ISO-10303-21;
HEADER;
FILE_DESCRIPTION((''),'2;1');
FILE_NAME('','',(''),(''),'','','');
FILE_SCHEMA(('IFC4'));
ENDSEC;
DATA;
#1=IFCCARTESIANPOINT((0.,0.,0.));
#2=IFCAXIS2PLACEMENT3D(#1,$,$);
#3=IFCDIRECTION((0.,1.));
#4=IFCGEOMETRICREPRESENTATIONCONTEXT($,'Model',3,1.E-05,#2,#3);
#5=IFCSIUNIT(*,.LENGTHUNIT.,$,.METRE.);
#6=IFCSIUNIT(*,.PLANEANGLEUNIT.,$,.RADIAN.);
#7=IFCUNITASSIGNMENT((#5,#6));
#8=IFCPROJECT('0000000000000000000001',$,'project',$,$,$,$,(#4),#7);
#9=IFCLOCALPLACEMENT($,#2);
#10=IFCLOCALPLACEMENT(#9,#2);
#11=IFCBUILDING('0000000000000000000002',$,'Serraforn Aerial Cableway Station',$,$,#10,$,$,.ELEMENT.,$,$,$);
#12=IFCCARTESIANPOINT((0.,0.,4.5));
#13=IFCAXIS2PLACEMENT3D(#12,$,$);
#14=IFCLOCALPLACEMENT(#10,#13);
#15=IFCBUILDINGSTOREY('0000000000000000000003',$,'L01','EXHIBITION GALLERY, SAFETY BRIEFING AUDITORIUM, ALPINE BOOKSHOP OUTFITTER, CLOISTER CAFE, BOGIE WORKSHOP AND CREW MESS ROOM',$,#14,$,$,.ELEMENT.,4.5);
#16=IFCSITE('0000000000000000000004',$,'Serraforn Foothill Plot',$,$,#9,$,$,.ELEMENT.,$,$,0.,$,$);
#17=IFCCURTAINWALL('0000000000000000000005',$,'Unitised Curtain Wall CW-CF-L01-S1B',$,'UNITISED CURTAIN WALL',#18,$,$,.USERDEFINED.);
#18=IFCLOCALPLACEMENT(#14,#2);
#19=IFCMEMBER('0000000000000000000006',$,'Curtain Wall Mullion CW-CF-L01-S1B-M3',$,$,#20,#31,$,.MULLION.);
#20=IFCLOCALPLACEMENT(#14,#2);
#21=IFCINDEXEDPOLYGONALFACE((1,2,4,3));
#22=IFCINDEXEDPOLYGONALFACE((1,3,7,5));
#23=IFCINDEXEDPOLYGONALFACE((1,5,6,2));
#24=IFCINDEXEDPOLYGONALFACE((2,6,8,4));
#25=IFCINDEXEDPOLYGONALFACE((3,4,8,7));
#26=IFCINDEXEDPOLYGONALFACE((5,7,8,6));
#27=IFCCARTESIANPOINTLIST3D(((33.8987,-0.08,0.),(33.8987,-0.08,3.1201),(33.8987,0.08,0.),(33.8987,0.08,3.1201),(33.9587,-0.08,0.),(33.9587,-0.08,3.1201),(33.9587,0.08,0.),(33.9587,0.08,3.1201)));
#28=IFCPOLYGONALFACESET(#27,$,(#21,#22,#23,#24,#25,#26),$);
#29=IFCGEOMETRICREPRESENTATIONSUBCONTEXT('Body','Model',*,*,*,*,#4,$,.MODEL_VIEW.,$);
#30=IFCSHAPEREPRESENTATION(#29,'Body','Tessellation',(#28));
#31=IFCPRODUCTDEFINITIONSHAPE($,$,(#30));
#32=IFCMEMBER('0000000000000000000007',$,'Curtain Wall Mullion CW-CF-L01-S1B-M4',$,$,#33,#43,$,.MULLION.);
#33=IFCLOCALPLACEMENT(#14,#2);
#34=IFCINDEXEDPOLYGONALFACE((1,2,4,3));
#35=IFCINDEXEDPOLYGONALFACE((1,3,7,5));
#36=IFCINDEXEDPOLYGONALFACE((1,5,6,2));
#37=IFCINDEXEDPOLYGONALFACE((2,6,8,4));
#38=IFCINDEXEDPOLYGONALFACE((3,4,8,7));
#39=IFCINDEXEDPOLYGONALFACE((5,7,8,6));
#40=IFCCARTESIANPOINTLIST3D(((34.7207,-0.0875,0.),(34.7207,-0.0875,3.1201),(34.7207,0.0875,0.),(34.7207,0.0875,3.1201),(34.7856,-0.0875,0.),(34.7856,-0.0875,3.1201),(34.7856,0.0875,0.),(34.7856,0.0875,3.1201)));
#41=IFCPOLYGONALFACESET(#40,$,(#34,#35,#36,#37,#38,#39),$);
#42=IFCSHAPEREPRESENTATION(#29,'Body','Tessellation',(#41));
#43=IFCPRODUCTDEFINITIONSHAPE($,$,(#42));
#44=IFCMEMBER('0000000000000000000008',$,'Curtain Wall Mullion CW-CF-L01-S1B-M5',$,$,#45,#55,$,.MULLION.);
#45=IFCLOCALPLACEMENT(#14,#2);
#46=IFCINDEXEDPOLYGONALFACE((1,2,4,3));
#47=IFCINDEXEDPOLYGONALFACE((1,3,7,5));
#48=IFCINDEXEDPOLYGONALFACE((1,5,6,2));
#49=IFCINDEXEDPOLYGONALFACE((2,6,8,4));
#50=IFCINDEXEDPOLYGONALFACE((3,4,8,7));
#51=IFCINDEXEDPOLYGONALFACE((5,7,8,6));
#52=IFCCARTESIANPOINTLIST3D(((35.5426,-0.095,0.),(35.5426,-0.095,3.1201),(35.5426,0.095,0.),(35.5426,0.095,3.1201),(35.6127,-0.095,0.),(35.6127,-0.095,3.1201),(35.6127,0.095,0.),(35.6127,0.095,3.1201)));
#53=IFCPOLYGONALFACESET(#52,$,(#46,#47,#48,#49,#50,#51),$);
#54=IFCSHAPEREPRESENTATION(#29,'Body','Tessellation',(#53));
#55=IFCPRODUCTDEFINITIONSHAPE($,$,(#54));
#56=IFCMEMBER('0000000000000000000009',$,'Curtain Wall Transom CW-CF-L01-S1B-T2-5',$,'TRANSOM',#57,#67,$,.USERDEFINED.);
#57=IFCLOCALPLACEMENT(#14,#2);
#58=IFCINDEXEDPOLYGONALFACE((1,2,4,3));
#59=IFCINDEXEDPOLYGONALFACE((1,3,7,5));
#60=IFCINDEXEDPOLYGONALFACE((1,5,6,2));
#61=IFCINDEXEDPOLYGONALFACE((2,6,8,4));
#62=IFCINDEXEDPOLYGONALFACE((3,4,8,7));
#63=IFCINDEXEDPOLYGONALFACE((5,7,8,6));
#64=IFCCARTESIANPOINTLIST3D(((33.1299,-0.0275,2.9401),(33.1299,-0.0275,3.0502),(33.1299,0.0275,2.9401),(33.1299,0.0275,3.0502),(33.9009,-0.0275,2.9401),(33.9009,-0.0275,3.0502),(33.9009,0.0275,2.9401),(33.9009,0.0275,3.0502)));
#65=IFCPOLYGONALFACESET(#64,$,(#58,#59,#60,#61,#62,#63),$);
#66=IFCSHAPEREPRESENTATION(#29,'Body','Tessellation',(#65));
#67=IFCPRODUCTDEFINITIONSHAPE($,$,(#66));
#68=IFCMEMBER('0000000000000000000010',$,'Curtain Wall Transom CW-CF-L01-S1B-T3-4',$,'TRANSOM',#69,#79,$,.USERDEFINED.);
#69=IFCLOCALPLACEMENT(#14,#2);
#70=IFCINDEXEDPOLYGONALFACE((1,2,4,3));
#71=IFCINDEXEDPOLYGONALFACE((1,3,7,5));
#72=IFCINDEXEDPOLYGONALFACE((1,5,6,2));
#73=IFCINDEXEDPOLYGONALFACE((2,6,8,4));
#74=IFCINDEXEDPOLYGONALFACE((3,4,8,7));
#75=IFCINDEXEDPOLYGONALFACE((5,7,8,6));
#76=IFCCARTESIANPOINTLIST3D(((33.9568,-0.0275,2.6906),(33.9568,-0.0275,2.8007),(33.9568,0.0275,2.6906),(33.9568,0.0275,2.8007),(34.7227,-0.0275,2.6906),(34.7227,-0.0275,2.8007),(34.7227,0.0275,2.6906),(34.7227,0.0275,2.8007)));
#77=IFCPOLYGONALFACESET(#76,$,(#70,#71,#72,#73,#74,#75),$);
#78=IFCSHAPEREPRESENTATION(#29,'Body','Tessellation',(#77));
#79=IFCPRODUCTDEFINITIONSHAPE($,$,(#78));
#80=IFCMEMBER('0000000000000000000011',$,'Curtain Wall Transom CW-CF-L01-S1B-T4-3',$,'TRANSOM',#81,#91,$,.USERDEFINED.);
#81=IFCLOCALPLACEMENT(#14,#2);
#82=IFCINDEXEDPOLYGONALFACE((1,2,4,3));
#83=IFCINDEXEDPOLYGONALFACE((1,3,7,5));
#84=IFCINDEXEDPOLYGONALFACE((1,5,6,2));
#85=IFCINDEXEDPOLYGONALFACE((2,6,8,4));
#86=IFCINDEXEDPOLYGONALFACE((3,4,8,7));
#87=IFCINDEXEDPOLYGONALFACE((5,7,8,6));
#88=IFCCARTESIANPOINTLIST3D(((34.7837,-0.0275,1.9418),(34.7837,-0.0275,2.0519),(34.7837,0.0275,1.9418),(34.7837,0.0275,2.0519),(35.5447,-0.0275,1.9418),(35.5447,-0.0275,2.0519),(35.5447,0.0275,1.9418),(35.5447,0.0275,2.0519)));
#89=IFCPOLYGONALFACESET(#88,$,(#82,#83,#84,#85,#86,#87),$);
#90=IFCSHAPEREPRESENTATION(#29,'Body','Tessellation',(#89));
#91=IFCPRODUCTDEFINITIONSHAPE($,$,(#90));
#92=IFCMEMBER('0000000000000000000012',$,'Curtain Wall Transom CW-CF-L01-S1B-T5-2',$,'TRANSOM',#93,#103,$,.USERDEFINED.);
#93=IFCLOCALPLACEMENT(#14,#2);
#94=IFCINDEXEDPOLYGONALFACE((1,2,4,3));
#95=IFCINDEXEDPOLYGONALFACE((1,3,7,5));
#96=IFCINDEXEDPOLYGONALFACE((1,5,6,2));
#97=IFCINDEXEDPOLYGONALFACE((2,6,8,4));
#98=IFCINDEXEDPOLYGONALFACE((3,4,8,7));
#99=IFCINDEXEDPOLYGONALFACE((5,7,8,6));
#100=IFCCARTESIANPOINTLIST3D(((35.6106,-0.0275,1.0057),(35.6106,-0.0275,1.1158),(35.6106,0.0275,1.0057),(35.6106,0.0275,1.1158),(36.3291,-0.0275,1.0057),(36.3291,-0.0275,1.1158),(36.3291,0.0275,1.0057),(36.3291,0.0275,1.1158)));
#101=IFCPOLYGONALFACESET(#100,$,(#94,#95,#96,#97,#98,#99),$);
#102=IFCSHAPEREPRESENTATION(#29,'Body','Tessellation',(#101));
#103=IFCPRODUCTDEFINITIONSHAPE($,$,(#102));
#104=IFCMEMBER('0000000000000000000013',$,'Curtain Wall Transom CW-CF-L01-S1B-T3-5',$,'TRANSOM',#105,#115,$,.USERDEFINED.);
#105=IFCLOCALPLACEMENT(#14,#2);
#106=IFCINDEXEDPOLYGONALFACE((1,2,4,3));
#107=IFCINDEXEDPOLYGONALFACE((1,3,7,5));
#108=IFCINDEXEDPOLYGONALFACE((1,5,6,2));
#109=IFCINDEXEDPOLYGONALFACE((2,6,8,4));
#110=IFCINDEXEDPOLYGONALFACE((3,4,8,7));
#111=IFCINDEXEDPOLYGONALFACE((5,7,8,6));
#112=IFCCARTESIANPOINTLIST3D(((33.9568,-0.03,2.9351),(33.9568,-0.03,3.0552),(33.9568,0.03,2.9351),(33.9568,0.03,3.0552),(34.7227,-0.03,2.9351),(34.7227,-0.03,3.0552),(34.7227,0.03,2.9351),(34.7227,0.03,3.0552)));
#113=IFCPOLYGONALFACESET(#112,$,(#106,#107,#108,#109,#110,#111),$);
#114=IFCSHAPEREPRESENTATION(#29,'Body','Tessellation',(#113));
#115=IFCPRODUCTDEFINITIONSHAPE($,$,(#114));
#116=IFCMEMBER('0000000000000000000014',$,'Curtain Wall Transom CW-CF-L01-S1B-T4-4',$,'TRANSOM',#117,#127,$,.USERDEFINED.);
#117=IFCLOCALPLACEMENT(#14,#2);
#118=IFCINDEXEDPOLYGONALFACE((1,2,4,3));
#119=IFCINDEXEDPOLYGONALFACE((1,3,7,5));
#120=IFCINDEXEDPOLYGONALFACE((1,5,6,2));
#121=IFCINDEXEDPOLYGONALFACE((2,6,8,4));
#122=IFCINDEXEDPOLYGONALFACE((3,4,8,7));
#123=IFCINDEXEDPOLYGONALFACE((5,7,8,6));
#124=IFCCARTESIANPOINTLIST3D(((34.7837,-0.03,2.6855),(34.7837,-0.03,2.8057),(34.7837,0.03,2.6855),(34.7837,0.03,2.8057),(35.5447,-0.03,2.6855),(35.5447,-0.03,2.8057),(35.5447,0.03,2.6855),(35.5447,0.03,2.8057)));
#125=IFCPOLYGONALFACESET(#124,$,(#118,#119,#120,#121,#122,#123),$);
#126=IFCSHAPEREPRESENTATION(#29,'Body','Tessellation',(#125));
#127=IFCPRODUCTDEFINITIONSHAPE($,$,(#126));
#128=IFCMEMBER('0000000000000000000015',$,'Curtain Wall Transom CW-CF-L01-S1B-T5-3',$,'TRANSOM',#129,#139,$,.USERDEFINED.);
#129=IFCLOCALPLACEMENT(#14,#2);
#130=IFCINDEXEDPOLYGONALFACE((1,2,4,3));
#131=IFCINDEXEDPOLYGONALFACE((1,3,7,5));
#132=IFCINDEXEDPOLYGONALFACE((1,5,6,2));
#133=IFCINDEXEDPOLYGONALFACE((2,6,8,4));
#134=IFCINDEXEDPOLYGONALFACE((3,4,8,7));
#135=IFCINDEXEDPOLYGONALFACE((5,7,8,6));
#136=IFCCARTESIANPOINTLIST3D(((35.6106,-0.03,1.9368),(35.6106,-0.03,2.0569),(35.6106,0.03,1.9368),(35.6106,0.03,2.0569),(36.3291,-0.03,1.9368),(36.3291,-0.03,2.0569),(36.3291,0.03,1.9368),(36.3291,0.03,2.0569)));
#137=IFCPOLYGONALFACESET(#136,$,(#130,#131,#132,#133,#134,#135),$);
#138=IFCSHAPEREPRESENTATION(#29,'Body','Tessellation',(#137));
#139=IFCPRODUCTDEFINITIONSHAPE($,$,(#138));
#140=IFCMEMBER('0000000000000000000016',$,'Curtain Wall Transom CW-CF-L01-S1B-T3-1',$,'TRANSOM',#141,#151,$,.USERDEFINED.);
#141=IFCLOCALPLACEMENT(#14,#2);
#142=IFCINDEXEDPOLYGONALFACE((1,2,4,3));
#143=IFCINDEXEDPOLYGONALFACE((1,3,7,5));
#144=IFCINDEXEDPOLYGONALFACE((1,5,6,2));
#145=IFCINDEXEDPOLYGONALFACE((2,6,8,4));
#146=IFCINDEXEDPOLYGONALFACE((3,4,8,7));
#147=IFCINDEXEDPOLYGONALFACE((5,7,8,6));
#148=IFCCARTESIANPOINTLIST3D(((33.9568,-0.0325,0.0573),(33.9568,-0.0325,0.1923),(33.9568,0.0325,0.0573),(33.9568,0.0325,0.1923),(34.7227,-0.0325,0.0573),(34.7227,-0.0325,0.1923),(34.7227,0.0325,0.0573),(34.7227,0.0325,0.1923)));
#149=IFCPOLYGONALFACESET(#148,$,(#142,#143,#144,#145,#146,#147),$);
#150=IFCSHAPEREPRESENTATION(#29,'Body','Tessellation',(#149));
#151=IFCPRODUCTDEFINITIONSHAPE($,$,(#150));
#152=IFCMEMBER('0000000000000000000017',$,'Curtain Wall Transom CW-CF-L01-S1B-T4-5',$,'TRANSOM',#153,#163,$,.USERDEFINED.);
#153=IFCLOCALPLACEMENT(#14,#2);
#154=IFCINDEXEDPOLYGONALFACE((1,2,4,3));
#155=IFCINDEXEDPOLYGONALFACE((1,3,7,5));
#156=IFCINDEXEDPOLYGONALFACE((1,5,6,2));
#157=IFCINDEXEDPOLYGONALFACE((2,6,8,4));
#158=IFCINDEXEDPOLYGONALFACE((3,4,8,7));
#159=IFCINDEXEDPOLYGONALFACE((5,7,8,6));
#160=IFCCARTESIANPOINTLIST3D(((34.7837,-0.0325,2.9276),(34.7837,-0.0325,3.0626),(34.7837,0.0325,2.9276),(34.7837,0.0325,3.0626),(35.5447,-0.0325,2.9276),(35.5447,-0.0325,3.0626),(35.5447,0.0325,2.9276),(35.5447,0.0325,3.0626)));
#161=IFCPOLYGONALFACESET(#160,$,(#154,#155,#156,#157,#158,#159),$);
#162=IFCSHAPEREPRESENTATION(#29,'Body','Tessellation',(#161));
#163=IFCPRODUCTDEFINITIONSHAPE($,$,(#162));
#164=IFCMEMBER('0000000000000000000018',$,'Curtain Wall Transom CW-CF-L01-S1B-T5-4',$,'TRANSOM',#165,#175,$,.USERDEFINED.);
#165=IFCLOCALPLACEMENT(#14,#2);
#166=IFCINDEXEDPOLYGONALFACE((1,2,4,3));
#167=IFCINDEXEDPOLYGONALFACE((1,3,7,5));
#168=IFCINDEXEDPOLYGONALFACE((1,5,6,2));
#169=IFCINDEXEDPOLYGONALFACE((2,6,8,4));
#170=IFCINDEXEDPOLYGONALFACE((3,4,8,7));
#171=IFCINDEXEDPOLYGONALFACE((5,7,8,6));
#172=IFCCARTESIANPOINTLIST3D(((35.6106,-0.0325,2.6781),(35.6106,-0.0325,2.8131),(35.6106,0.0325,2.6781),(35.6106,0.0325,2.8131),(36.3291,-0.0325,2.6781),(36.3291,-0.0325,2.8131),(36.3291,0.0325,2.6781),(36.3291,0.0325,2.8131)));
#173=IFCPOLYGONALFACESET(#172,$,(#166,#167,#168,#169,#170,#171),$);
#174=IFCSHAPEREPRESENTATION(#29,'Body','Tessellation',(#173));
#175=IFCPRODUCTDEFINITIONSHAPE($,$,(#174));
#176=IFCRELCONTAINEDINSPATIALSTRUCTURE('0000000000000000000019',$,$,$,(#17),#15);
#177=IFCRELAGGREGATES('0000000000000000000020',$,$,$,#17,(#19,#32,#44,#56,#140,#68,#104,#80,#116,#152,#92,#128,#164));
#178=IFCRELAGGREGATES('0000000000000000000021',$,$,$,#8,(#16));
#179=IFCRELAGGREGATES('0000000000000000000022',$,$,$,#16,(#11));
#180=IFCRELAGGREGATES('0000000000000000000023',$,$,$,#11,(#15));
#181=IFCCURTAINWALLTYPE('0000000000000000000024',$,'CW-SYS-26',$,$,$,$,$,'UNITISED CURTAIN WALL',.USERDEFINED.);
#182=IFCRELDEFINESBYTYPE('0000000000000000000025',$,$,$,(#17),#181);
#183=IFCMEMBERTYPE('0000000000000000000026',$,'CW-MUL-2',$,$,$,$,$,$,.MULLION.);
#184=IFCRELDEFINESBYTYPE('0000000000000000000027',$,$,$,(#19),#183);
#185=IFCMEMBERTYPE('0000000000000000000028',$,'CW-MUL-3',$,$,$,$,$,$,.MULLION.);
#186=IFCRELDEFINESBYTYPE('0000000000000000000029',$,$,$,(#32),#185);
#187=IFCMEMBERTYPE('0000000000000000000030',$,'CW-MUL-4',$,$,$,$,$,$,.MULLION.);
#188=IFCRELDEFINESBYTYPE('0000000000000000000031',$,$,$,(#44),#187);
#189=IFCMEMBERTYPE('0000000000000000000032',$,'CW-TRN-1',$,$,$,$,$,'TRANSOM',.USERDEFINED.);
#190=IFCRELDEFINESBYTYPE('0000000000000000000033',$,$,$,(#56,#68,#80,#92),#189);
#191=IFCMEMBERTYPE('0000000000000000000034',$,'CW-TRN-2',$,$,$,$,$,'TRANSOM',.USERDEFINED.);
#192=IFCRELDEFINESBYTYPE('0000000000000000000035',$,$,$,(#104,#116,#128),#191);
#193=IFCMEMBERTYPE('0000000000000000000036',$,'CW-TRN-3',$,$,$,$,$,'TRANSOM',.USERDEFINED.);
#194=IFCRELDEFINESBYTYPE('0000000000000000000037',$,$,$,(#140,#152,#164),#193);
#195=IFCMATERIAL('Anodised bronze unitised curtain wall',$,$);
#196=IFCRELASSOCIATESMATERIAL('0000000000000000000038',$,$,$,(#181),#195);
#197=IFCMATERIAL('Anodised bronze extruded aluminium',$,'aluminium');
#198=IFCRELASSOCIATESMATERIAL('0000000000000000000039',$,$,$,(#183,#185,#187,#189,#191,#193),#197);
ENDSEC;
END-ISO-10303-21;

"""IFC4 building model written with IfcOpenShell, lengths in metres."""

from ifc_helpers import new_model, si_unit, direction, frame, origin, origin_2d, place, context, subcontext, project, spatial, rectangle, extrude, material, material_profile, profile_set, type_object, element, aggregate, save


model = new_model("IFC4")

# Units and contexts
model_context = context("Model", 3, precision=1e-05, world=origin(), true_north=direction((0.0, 1.0)))
body_context = subcontext(model_context, "Body", "Model", "MODEL_VIEW")
ifc_project = project(units=[si_unit("LENGTHUNIT", "METRE"), si_unit("PLANEANGLEUNIT", "RADIAN")], contexts=[model_context])

# Site, building, storey
site_placement = place(None, origin())
site = spatial("IfcSite", under=ifc_project, at=site_placement, Name="Serraforn Foothill Plot", CompositionType="ELEMENT", RefElevation=0.0)
building_placement = place(site_placement, origin())
building = spatial("IfcBuilding", under=site, at=building_placement, Name="Serraforn Aerial Cableway Station", CompositionType="ELEMENT")
storey_placement = place(building_placement, frame((0.0, 0.0, 4.5)))
storey = spatial("IfcBuildingStorey", under=building, at=storey_placement, Name="L01", Description="EXHIBITION GALLERY, SAFETY BRIEFING AUDITORIUM, ALPINE BOOKSHOP OUTFITTER, CLOISTER CAFE, BOGIE WORKSHOP AND CREW MESS ROOM", CompositionType="ELEMENT", Elevation=4.5)

# Curtain wall, members
ifc_material_1 = material(Name="Anodised bronze unitised curtain wall")
curtain_wall_type = type_object("IfcCurtainWallType", Name="CW-SYS-26", ElementType="UNITISED CURTAIN WALL", PredefinedType="USERDEFINED", material=ifc_material_1)
curtain_wall_placement = place(storey_placement, origin())
curtain_wall = element("IfcCurtainWall", 1, at=curtain_wall_placement, inside=storey, type_object=curtain_wall_type, Name="Unitised Curtain Wall CW-CF-L01-S1B", ObjectType="UNITISED CURTAIN WALL", PredefinedType="USERDEFINED")
ifc_material_2 = material(Name="Anodised bronze extruded aluminium", Category="aluminium")
ifc_material_profile_1 = material_profile(ifc_material_2, rectangle(XDim=0.0601, YDim=0.1599, at=origin_2d()), Name="CW MULLION 60x160")
ifc_profile_set_1 = profile_set([ifc_material_profile_1], Name="Anodised bronze extruded aluminium")
member_type_1 = type_object("IfcMemberType", Name="CW-MUL-2", PredefinedType="MULLION", material=ifc_profile_set_1)
member_1_placement = place(storey_placement, frame((33.9287, 0.0, 0.0), z_axis=(0.0, 0.0, 1.0), x_axis=(1.0, 0.0, 0.0)))
member_1 = element("IfcMember", 2, at=member_1_placement, type_object=member_type_1, Name="Curtain Wall Mullion CW-CF-L01-S1B-M3", PredefinedType="MULLION", context=body_context, shape_type="SweptSolid", body=[
    extrude(rectangle(XDim=0.0601, YDim=0.1599, at=origin_2d()), origin(), (0.0, 0.0, 1.0), 3.1201),
])
ifc_material_profile_2 = material_profile(ifc_material_2, rectangle(XDim=0.0649, YDim=0.175, at=origin_2d()), Name="CW MULLION 65x175")
ifc_profile_set_2 = profile_set([ifc_material_profile_2], Name="Anodised bronze extruded aluminium")
member_type_2 = type_object("IfcMemberType", Name="CW-MUL-3", PredefinedType="MULLION", material=ifc_profile_set_2)
member_2_placement = place(storey_placement, frame((34.7532, 0.0, 0.0), z_axis=(0.0, 0.0, 1.0), x_axis=(1.0, 0.0, 0.0)))
member_2 = element("IfcMember", 3, at=member_2_placement, type_object=member_type_2, Name="Curtain Wall Mullion CW-CF-L01-S1B-M4", PredefinedType="MULLION", context=body_context, shape_type="SweptSolid", body=[
    extrude(rectangle(XDim=0.0649, YDim=0.175, at=origin_2d()), origin(), (0.0, 0.0, 1.0), 3.1201),
])
ifc_material_profile_3 = material_profile(ifc_material_2, rectangle(XDim=0.0701, YDim=0.1899, at=origin_2d()), Name="CW MULLION 70x190")
ifc_profile_set_3 = profile_set([ifc_material_profile_3], Name="Anodised bronze extruded aluminium")
member_type_3 = type_object("IfcMemberType", Name="CW-MUL-4", PredefinedType="MULLION", material=ifc_profile_set_3)
member_3_placement = place(storey_placement, frame((35.5776, 0.0, 0.0), z_axis=(0.0, 0.0, 1.0), x_axis=(1.0, 0.0, 0.0)))
member_3 = element("IfcMember", 4, at=member_3_placement, type_object=member_type_3, Name="Curtain Wall Mullion CW-CF-L01-S1B-M5", PredefinedType="MULLION", context=body_context, shape_type="SweptSolid", body=[
    extrude(rectangle(XDim=0.0701, YDim=0.1899, at=origin_2d()), origin(), (0.0, 0.0, 1.0), 3.1201),
])
ifc_material_profile_4 = material_profile(ifc_material_2, rectangle(XDim=0.0549, YDim=0.1101, at=origin_2d()), Name="CW TRANSOM 55x110")
ifc_profile_set_4 = profile_set([ifc_material_profile_4], Name="Anodised bronze extruded aluminium")
member_type_4 = type_object("IfcMemberType", Name="CW-TRN-1", ElementType="TRANSOM", PredefinedType="USERDEFINED", material=ifc_profile_set_4)
member_4_placement = place(storey_placement, frame((33.1299, 0.0, 2.9951), z_axis=(1.0, 0.0, 0.0), x_axis=(0.0, 1.0, 0.0)))
member_4 = element("IfcMember", 5, at=member_4_placement, type_object=member_type_4, Name="Curtain Wall Transom CW-CF-L01-S1B-T2-5", ObjectType="TRANSOM", PredefinedType="USERDEFINED", context=body_context, shape_type="SweptSolid", body=[
    extrude(rectangle(XDim=0.0549, YDim=0.1101, at=origin_2d()), origin(), (0.0, 0.0, 1.0), 0.771),
])
member_5_placement = place(storey_placement, frame((33.9568, 0.0, 2.7456), z_axis=(1.0, 0.0, 0.0), x_axis=(0.0, 1.0, 0.0)))
member_5 = element("IfcMember", 6, at=member_5_placement, type_object=member_type_4, Name="Curtain Wall Transom CW-CF-L01-S1B-T3-4", ObjectType="TRANSOM", PredefinedType="USERDEFINED", context=body_context, shape_type="SweptSolid", body=[
    extrude(rectangle(XDim=0.0549, YDim=0.1101, at=origin_2d()), origin(), (0.0, 0.0, 1.0), 0.7659),
])
member_6_placement = place(storey_placement, frame((34.7837, 0.0, 1.9968), z_axis=(1.0, 0.0, 0.0), x_axis=(0.0, 1.0, 0.0)))
member_6 = element("IfcMember", 7, at=member_6_placement, type_object=member_type_4, Name="Curtain Wall Transom CW-CF-L01-S1B-T4-3", ObjectType="TRANSOM", PredefinedType="USERDEFINED", context=body_context, shape_type="SweptSolid", body=[
    extrude(rectangle(XDim=0.0549, YDim=0.1101, at=origin_2d()), origin(), (0.0, 0.0, 1.0), 0.761),
])
member_7_placement = place(storey_placement, frame((35.6106, 0.0, 1.0608), z_axis=(1.0, 0.0, 0.0), x_axis=(0.0, 1.0, 0.0)))
member_7 = element("IfcMember", 8, at=member_7_placement, type_object=member_type_4, Name="Curtain Wall Transom CW-CF-L01-S1B-T5-2", ObjectType="TRANSOM", PredefinedType="USERDEFINED", context=body_context, shape_type="SweptSolid", body=[
    extrude(rectangle(XDim=0.0549, YDim=0.1101, at=origin_2d()), origin(), (0.0, 0.0, 1.0), 0.7185),
])
ifc_material_profile_5 = material_profile(ifc_material_2, rectangle(XDim=0.0601, YDim=0.1201, at=origin_2d()), Name="CW TRANSOM 60x120")
ifc_profile_set_5 = profile_set([ifc_material_profile_5], Name="Anodised bronze extruded aluminium")
member_type_5 = type_object("IfcMemberType", Name="CW-TRN-2", ElementType="TRANSOM", PredefinedType="USERDEFINED", material=ifc_profile_set_5)
member_8_placement = place(storey_placement, frame((33.9568, 0.0, 2.9951), z_axis=(1.0, 0.0, 0.0), x_axis=(0.0, 1.0, 0.0)))
member_8 = element("IfcMember", 9, at=member_8_placement, type_object=member_type_5, Name="Curtain Wall Transom CW-CF-L01-S1B-T3-5", ObjectType="TRANSOM", PredefinedType="USERDEFINED", context=body_context, shape_type="SweptSolid", body=[
    extrude(rectangle(XDim=0.0601, YDim=0.1201, at=origin_2d()), origin(), (0.0, 0.0, 1.0), 0.7659),
])
member_9_placement = place(storey_placement, frame((34.7837, 0.0, 2.7456), z_axis=(1.0, 0.0, 0.0), x_axis=(0.0, 1.0, 0.0)))
member_9 = element("IfcMember", 10, at=member_9_placement, type_object=member_type_5, Name="Curtain Wall Transom CW-CF-L01-S1B-T4-4", ObjectType="TRANSOM", PredefinedType="USERDEFINED", context=body_context, shape_type="SweptSolid", body=[
    extrude(rectangle(XDim=0.0601, YDim=0.1201, at=origin_2d()), origin(), (0.0, 0.0, 1.0), 0.761),
])
member_10_placement = place(storey_placement, frame((35.6106, 0.0, 1.9968), z_axis=(1.0, 0.0, 0.0), x_axis=(0.0, 1.0, 0.0)))
member_10 = element("IfcMember", 11, at=member_10_placement, type_object=member_type_5, Name="Curtain Wall Transom CW-CF-L01-S1B-T5-3", ObjectType="TRANSOM", PredefinedType="USERDEFINED", context=body_context, shape_type="SweptSolid", body=[
    extrude(rectangle(XDim=0.0601, YDim=0.1201, at=origin_2d()), origin(), (0.0, 0.0, 1.0), 0.7185),
])
ifc_material_profile_6 = material_profile(ifc_material_2, rectangle(XDim=0.0649, YDim=0.135, at=origin_2d()), Name="CW TRANSOM 65x135")
ifc_profile_set_6 = profile_set([ifc_material_profile_6], Name="Anodised bronze extruded aluminium")
member_type_6 = type_object("IfcMemberType", Name="CW-TRN-3", ElementType="TRANSOM", PredefinedType="USERDEFINED", material=ifc_profile_set_6)
member_11_placement = place(storey_placement, frame((33.9568, 0.0, 0.1248), z_axis=(1.0, 0.0, 0.0), x_axis=(0.0, 1.0, 0.0)))
member_11 = element("IfcMember", 12, at=member_11_placement, type_object=member_type_6, Name="Curtain Wall Transom CW-CF-L01-S1B-T3-1", ObjectType="TRANSOM", PredefinedType="USERDEFINED", context=body_context, shape_type="SweptSolid", body=[
    extrude(rectangle(XDim=0.0649, YDim=0.135, at=origin_2d()), origin(), (0.0, 0.0, 1.0), 0.7659),
])
member_12_placement = place(storey_placement, frame((34.7837, 0.0, 2.9951), z_axis=(1.0, 0.0, 0.0), x_axis=(0.0, 1.0, 0.0)))
member_12 = element("IfcMember", 13, at=member_12_placement, type_object=member_type_6, Name="Curtain Wall Transom CW-CF-L01-S1B-T4-5", ObjectType="TRANSOM", PredefinedType="USERDEFINED", context=body_context, shape_type="SweptSolid", body=[
    extrude(rectangle(XDim=0.0649, YDim=0.135, at=origin_2d()), origin(), (0.0, 0.0, 1.0), 0.761),
])
member_13_placement = place(storey_placement, frame((35.6106, 0.0, 2.7456), z_axis=(1.0, 0.0, 0.0), x_axis=(0.0, 1.0, 0.0)))
member_13 = element("IfcMember", 14, at=member_13_placement, type_object=member_type_6, Name="Curtain Wall Transom CW-CF-L01-S1B-T5-4", ObjectType="TRANSOM", PredefinedType="USERDEFINED", context=body_context, shape_type="SweptSolid", body=[
    extrude(rectangle(XDim=0.0649, YDim=0.135, at=origin_2d()), origin(), (0.0, 0.0, 1.0), 0.7185),
])
aggregate(curtain_wall, [member_1, member_2, member_3, member_4, member_11, member_5, member_8, member_6, member_9, member_12, member_7, member_10, member_13])

save(model, "model.ifc")
